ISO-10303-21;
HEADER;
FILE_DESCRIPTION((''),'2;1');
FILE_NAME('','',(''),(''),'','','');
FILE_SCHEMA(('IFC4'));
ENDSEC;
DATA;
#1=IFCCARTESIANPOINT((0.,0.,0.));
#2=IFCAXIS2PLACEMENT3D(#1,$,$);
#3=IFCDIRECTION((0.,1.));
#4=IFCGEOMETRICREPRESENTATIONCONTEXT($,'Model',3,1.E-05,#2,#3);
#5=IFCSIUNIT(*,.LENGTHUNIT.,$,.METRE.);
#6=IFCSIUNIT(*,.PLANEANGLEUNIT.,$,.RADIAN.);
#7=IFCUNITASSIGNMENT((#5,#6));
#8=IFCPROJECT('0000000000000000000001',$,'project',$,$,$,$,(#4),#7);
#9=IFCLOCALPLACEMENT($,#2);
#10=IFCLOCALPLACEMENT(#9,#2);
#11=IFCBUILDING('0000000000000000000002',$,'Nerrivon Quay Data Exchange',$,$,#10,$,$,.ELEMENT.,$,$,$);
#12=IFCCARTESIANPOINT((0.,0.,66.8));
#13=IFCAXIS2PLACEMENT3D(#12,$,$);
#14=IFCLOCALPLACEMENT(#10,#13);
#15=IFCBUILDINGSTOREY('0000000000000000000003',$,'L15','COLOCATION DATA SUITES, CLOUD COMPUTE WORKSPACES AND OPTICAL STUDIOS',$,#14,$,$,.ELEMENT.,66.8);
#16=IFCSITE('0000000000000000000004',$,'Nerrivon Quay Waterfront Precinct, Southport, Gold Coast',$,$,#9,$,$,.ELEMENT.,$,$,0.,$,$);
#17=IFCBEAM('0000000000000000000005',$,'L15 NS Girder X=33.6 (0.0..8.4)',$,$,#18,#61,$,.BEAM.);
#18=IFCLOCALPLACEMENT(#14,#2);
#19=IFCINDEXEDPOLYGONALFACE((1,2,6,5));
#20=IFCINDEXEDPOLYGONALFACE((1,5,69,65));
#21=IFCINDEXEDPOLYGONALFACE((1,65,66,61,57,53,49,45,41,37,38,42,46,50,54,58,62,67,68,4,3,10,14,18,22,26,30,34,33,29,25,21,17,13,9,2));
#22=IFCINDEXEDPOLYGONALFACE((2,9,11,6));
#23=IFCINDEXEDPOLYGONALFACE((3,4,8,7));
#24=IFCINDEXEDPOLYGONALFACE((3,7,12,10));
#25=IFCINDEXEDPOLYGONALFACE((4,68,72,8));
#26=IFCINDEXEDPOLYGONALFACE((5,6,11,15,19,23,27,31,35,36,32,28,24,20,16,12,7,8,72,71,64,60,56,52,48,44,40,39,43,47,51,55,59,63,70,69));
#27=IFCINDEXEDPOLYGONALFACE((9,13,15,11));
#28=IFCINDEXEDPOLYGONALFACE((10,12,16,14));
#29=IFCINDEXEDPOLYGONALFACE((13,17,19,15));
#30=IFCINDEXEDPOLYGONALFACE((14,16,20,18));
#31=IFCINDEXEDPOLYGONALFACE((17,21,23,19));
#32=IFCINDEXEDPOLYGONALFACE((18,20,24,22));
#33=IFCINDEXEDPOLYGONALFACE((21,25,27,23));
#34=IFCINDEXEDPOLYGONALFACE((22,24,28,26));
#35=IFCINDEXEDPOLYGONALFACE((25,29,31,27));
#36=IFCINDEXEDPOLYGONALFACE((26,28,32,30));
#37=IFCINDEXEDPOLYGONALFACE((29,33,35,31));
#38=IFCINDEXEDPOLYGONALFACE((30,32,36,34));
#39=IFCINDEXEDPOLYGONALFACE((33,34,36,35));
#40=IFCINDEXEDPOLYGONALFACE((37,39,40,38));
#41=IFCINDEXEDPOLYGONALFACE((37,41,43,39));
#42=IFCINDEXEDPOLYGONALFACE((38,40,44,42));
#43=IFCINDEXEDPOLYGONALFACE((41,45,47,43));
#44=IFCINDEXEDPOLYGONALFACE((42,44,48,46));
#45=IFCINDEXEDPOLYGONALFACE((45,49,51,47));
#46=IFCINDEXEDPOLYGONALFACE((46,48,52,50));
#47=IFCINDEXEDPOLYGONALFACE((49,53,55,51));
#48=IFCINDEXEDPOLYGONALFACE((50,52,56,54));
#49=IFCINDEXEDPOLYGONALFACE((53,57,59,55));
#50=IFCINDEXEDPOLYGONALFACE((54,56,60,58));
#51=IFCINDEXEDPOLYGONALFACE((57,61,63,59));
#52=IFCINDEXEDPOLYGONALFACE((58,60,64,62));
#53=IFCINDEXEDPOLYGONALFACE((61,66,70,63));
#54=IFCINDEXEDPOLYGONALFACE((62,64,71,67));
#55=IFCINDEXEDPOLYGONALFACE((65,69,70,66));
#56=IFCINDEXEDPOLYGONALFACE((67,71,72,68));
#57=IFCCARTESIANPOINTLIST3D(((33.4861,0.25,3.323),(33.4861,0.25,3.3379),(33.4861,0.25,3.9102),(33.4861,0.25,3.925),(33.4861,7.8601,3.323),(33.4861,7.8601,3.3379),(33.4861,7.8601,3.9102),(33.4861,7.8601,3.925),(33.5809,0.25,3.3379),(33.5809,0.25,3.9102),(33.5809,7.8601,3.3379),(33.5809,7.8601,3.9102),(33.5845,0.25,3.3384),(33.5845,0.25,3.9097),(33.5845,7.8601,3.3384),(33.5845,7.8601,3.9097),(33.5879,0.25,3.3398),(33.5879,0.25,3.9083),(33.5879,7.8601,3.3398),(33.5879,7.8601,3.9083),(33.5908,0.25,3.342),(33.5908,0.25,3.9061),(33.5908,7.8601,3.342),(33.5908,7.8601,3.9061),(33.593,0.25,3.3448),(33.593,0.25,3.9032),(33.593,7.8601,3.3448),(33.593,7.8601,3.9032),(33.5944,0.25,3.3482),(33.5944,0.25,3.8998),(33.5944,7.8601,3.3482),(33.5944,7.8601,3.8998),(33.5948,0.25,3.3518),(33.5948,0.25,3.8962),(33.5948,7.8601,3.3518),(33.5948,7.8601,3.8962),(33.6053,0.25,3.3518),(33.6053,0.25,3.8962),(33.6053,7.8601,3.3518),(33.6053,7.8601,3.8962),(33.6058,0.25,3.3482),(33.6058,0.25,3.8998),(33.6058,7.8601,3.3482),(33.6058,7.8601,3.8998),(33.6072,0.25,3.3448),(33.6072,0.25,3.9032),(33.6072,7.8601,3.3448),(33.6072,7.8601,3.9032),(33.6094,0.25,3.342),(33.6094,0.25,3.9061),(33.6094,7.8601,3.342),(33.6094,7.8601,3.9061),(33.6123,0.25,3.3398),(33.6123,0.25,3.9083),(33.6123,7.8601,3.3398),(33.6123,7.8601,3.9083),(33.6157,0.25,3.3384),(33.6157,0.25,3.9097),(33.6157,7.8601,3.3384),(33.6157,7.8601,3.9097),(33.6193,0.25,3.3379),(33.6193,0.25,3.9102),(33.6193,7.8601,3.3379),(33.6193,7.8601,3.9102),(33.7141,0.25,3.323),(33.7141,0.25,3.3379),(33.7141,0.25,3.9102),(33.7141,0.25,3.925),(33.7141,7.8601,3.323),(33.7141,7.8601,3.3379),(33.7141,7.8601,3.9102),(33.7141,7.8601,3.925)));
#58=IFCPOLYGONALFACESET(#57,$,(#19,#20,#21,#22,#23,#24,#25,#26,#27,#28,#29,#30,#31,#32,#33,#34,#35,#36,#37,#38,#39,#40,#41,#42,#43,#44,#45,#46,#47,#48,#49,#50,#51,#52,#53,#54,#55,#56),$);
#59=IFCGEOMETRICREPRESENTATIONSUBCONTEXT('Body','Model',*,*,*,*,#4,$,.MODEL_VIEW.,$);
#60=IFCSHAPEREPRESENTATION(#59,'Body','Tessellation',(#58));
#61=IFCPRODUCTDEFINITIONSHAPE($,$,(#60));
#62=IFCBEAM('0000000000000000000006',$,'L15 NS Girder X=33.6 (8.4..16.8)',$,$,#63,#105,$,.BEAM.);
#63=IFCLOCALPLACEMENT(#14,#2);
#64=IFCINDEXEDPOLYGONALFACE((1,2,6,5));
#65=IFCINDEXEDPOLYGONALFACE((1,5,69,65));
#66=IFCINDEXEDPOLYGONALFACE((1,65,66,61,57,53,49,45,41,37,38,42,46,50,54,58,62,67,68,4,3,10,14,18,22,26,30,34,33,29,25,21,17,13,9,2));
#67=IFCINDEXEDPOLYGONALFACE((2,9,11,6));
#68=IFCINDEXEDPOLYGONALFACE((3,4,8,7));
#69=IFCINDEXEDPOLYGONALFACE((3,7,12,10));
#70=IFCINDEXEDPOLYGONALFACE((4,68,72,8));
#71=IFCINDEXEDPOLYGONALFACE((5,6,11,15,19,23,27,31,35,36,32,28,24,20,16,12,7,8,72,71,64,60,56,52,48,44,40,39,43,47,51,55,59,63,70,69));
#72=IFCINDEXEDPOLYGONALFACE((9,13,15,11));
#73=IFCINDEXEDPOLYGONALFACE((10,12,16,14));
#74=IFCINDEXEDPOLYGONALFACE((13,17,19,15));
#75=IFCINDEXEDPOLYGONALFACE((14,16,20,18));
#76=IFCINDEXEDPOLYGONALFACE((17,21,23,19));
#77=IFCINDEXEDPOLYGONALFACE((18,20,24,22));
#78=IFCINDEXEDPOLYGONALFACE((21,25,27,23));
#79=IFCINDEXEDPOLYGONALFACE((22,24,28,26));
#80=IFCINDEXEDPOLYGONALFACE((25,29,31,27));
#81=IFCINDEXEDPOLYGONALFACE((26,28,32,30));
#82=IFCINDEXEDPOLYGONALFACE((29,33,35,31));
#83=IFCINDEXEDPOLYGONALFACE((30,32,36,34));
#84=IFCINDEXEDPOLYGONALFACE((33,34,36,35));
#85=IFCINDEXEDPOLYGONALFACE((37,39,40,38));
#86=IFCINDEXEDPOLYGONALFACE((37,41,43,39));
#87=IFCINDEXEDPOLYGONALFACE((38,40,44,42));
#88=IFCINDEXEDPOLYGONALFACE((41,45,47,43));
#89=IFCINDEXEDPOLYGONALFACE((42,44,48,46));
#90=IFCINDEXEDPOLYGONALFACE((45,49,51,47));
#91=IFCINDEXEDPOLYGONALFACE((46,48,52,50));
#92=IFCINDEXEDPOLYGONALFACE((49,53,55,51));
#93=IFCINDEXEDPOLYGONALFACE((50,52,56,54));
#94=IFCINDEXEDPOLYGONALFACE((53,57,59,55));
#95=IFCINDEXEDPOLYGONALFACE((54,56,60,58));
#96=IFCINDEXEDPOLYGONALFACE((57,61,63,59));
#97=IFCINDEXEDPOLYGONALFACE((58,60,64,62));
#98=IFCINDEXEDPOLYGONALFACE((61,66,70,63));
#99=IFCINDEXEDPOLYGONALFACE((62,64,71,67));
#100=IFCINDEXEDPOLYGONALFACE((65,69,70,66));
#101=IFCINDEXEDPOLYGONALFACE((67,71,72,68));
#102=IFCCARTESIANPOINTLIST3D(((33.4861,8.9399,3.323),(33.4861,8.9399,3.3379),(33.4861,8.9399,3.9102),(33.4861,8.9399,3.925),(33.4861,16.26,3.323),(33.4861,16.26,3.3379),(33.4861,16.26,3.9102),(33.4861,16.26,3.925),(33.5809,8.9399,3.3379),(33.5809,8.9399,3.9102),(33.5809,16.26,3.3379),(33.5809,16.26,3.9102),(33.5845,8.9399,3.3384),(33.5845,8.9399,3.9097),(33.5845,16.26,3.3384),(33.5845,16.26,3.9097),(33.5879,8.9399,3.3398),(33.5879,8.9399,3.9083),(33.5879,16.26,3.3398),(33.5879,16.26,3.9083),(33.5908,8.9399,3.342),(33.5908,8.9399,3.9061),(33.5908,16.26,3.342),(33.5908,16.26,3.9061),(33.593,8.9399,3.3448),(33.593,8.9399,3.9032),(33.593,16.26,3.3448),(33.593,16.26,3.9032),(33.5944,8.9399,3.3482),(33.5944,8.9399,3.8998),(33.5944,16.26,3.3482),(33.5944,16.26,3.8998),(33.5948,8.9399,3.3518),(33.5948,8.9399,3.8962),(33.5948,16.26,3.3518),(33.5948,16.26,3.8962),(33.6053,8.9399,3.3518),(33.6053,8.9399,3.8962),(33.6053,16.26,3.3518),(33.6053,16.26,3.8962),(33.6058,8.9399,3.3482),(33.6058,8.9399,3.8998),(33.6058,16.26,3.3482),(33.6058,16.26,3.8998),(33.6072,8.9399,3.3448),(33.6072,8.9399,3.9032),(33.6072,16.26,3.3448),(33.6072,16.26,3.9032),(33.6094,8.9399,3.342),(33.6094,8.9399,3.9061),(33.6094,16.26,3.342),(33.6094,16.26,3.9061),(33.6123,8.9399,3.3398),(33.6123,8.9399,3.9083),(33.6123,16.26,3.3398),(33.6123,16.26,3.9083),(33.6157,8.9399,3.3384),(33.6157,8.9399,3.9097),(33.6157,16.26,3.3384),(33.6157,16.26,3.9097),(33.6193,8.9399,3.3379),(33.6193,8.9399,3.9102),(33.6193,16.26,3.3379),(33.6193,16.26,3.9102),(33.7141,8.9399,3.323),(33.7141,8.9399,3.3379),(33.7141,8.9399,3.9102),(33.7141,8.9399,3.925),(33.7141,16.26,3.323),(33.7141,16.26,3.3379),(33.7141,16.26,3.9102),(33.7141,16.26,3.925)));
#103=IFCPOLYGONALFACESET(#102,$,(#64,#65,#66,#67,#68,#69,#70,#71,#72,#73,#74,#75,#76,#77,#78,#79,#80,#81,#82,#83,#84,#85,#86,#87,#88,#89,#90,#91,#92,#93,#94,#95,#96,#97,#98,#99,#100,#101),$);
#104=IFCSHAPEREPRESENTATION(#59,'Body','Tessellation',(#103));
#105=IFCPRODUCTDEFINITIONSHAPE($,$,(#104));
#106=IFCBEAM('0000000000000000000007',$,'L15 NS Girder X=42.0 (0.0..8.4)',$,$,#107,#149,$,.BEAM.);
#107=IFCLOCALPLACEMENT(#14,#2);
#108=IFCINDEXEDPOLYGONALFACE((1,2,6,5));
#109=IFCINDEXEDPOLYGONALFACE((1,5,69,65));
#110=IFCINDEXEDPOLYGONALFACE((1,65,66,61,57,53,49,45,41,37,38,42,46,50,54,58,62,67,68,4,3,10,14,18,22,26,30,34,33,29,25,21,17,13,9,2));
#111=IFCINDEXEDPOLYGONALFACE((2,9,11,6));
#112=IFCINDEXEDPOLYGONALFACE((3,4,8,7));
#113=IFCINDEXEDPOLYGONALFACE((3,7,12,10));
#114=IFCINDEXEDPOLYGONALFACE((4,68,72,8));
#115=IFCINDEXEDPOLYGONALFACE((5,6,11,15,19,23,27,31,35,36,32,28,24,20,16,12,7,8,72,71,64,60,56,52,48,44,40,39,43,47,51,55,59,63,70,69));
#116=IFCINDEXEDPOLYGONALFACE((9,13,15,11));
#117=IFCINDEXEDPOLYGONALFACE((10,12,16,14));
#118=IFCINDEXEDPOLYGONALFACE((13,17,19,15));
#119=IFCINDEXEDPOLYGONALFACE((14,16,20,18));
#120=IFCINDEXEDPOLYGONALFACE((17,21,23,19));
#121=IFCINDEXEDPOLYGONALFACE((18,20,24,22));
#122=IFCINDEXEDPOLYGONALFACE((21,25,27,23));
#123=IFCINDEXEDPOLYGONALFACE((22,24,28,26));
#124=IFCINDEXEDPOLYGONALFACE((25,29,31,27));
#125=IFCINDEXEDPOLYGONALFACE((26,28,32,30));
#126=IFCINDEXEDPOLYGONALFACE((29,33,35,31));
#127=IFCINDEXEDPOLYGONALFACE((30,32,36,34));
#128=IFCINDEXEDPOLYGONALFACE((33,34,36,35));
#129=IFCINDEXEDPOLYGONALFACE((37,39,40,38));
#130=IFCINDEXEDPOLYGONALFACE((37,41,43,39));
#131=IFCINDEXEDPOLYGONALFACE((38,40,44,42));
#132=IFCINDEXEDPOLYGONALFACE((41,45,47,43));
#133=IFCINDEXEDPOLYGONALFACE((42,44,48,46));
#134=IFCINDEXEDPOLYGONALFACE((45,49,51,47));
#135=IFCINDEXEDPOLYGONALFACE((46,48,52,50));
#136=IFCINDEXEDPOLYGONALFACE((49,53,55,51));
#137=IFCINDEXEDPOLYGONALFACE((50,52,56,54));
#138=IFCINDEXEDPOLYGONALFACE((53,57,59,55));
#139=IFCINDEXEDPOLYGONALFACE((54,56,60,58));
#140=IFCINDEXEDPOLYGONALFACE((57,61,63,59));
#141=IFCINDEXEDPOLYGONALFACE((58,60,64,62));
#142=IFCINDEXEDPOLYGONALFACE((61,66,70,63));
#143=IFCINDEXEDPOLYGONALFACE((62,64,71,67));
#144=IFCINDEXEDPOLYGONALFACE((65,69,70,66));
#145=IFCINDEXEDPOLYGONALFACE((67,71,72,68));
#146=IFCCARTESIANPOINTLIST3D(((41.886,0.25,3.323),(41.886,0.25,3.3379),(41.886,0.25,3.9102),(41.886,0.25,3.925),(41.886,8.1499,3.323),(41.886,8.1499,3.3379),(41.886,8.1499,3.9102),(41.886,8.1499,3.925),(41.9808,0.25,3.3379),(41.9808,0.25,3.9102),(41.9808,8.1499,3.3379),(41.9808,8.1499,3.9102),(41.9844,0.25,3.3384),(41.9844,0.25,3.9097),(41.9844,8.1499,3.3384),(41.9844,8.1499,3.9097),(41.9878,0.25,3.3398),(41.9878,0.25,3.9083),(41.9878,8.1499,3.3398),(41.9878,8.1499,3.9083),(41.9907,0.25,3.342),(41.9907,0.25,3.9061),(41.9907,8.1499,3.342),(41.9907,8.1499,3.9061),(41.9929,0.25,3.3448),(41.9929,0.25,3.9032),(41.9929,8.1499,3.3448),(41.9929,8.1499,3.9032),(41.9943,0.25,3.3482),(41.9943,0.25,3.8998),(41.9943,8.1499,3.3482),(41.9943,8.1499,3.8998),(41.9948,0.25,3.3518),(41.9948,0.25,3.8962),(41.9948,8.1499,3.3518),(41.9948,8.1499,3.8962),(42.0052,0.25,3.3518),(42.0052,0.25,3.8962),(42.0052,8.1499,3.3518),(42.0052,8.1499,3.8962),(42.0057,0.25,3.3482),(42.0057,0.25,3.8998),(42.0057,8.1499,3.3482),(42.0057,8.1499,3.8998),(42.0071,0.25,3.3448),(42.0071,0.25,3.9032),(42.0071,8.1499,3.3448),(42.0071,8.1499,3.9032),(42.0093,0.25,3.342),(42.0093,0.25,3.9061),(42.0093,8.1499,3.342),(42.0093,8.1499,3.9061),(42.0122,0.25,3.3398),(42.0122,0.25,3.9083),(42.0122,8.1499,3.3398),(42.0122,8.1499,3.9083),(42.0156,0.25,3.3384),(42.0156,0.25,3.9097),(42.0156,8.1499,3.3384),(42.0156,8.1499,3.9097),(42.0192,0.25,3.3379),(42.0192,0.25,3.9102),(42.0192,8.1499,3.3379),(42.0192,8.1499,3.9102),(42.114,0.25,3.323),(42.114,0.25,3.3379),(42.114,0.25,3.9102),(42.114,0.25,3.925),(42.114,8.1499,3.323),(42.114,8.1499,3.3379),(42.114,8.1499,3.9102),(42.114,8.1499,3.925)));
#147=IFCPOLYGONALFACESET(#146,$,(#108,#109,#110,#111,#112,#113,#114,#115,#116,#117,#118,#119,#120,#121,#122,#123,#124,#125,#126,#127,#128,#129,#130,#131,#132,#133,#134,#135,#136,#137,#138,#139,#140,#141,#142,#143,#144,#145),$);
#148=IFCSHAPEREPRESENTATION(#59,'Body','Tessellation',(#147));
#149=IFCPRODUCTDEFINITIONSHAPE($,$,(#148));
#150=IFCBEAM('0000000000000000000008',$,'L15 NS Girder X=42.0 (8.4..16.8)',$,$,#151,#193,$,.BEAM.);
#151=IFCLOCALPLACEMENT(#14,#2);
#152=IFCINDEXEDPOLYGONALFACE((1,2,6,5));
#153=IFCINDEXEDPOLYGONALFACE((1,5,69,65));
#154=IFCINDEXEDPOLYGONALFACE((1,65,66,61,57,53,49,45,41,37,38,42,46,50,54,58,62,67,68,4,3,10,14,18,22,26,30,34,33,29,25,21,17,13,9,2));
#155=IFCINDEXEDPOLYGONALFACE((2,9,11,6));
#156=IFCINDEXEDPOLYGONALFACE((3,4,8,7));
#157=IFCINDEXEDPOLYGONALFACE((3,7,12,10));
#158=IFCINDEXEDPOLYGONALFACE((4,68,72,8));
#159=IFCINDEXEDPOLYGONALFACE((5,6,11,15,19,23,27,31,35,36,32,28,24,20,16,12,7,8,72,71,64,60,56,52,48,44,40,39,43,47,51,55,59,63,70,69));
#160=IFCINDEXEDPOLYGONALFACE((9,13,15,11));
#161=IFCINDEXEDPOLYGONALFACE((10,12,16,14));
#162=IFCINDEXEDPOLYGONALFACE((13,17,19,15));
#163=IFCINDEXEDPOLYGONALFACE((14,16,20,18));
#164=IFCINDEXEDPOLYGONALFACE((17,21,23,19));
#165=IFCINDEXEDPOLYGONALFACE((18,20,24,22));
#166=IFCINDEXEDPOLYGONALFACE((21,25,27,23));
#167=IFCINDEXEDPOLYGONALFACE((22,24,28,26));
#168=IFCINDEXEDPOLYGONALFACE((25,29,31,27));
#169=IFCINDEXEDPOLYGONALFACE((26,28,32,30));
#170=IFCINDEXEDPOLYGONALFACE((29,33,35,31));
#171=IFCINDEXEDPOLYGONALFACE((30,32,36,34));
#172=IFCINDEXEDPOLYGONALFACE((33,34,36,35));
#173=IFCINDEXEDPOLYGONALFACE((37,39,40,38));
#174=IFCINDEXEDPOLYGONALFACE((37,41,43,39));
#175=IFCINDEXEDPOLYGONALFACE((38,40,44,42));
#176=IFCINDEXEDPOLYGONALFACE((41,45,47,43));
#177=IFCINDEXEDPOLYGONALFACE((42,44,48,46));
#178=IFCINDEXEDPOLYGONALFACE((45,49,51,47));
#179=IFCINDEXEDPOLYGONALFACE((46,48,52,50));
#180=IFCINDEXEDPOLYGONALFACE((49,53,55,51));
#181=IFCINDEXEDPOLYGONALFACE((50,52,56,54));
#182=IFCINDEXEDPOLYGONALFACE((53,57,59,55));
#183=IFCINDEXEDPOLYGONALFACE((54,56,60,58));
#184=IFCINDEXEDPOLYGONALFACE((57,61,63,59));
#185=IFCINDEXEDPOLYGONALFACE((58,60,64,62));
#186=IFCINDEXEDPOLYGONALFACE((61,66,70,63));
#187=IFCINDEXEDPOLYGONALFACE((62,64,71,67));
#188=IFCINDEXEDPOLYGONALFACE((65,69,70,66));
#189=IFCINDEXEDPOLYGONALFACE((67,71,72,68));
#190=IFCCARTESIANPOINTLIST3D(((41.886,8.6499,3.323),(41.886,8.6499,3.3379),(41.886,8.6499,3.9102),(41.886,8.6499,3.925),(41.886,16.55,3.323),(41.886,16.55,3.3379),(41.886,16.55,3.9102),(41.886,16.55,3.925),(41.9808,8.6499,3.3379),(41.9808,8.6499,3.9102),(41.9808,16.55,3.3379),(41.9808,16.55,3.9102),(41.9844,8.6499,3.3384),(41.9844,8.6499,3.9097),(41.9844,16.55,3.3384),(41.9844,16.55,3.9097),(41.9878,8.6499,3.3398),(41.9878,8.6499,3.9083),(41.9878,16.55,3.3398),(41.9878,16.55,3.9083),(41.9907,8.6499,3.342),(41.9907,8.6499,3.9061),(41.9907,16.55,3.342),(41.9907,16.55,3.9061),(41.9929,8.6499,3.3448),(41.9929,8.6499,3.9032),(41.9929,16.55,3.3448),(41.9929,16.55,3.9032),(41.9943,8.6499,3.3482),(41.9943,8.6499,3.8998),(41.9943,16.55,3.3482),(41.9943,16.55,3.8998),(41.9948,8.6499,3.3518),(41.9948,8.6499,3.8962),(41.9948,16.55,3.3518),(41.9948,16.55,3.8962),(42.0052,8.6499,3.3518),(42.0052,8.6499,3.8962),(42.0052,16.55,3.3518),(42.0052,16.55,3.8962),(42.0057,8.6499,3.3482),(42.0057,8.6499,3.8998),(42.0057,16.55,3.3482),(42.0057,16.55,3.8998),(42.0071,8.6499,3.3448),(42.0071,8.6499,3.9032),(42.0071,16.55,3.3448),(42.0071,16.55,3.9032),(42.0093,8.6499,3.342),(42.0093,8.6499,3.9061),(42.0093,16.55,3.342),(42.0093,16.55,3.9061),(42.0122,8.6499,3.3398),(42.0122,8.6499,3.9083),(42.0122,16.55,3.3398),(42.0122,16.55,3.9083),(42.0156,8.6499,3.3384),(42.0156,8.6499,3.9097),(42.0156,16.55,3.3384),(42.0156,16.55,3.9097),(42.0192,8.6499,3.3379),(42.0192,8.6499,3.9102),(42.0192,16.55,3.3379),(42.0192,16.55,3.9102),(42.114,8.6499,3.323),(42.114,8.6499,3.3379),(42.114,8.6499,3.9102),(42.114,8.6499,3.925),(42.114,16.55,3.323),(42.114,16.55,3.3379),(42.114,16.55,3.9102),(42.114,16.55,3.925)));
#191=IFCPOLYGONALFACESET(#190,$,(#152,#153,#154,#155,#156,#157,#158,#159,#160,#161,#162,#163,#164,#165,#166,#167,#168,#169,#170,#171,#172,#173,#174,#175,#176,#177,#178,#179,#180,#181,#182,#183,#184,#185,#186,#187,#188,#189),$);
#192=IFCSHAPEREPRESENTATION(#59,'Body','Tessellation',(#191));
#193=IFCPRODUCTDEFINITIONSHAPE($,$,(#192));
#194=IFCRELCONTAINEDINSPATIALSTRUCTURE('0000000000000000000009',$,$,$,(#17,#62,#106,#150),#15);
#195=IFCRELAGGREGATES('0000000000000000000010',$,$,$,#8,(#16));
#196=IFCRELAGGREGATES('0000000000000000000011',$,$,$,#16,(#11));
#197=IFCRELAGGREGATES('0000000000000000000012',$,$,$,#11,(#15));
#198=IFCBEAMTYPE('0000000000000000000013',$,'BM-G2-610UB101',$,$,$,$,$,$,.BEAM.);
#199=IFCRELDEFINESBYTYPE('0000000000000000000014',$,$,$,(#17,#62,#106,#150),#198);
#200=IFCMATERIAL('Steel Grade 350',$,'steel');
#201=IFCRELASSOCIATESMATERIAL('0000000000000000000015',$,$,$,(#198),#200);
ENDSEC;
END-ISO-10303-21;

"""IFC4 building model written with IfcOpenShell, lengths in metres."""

from ifc_helpers import new_model, si_unit, direction, frame, origin, origin_2d, place, context, subcontext, project, spatial, i_section, extrude, material, material_profile, profile_set, type_object, element, save


model = new_model("IFC4")

# Units and contexts
model_context = context("Model", 3, precision=1e-05, world=origin(), true_north=direction((0.0, 1.0)))
body_context = subcontext(model_context, "Body", "Model", "MODEL_VIEW")
ifc_project = project(units=[si_unit("LENGTHUNIT", "METRE"), si_unit("PLANEANGLEUNIT", "RADIAN")], contexts=[model_context])

# Site, building, storey
site_placement = place(None, origin())
site = spatial("IfcSite", under=ifc_project, at=site_placement, Name="Nerrivon Quay Waterfront Precinct, Southport, Gold Coast", CompositionType="ELEMENT", RefElevation=0.0)
building_placement = place(site_placement, origin())
building = spatial("IfcBuilding", under=site, at=building_placement, Name="Nerrivon Quay Data Exchange", CompositionType="ELEMENT")
storey_placement = place(building_placement, frame((0.0, 0.0, 66.8)))
storey = spatial("IfcBuildingStorey", under=building, at=storey_placement, Name="L15", Description="COLOCATION DATA SUITES, CLOUD COMPUTE WORKSPACES AND OPTICAL STUDIOS", CompositionType="ELEMENT", Elevation=66.8)

# Shared definitions
ifc_material_1 = material(Name="Steel Grade 350", Category="steel")

# Beams
ifc_material_profile_1 = material_profile(ifc_material_1, i_section(OverallWidth=0.228, OverallDepth=0.6021, WebThickness=0.0105, FlangeThickness=0.0149, FilletRadius=0.0139, at=origin_2d()), Name="610UB101")
ifc_profile_set_1 = profile_set([ifc_material_profile_1], Name="Steel Grade 350")
beam_type_1 = type_object("IfcBeamType", Name="BM-G2-610UB101", PredefinedType="BEAM", material=ifc_profile_set_1)
beam_1_placement = place(storey_placement, frame((33.6001, 0.25, 3.624), z_axis=(0.0, 1.0, 0.0), x_axis=(-1.0, 0.0, 0.0)))
element("IfcBeam", 1, at=beam_1_placement, inside=storey, type_object=beam_type_1, Name="L15 NS Girder X=33.6 (0.0..8.4)", PredefinedType="BEAM", context=body_context, shape_type="SweptSolid", body=[
    extrude(i_section(OverallWidth=0.228, OverallDepth=0.6021, WebThickness=0.0105, FlangeThickness=0.0149, FilletRadius=0.0139, at=origin_2d()), origin(), (0.0, 0.0, 1.0), 7.6101),
])
beam_2_placement = place(storey_placement, frame((33.6001, 8.9399, 3.624), z_axis=(0.0, 1.0, 0.0), x_axis=(-1.0, 0.0, 0.0)))
element("IfcBeam", 2, at=beam_2_placement, inside=storey, type_object=beam_type_1, Name="L15 NS Girder X=33.6 (8.4..16.8)", PredefinedType="BEAM", context=body_context, shape_type="SweptSolid", body=[
    extrude(i_section(OverallWidth=0.228, OverallDepth=0.6021, WebThickness=0.0105, FlangeThickness=0.0149, FilletRadius=0.0139, at=origin_2d()), origin(), (0.0, 0.0, 1.0), 7.3201),
])
beam_3_placement = place(storey_placement, frame((42.0, 0.25, 3.624), z_axis=(0.0, 1.0, 0.0), x_axis=(-1.0, 0.0, 0.0)))
element("IfcBeam", 3, at=beam_3_placement, inside=storey, type_object=beam_type_1, Name="L15 NS Girder X=42.0 (0.0..8.4)", PredefinedType="BEAM", context=body_context, shape_type="SweptSolid", body=[
    extrude(i_section(OverallWidth=0.228, OverallDepth=0.6021, WebThickness=0.0105, FlangeThickness=0.0149, FilletRadius=0.0139, at=origin_2d()), origin(), (0.0, 0.0, 1.0), 7.8999),
])
beam_4_placement = place(storey_placement, frame((42.0, 8.6499, 3.624), z_axis=(0.0, 1.0, 0.0), x_axis=(-1.0, 0.0, 0.0)))
element("IfcBeam", 4, at=beam_4_placement, inside=storey, type_object=beam_type_1, Name="L15 NS Girder X=42.0 (8.4..16.8)", PredefinedType="BEAM", context=body_context, shape_type="SweptSolid", body=[
    extrude(i_section(OverallWidth=0.228, OverallDepth=0.6021, WebThickness=0.0105, FlangeThickness=0.0149, FilletRadius=0.0139, at=origin_2d()), origin(), (0.0, 0.0, 1.0), 7.9001),
])

save(model, "model.ifc")
